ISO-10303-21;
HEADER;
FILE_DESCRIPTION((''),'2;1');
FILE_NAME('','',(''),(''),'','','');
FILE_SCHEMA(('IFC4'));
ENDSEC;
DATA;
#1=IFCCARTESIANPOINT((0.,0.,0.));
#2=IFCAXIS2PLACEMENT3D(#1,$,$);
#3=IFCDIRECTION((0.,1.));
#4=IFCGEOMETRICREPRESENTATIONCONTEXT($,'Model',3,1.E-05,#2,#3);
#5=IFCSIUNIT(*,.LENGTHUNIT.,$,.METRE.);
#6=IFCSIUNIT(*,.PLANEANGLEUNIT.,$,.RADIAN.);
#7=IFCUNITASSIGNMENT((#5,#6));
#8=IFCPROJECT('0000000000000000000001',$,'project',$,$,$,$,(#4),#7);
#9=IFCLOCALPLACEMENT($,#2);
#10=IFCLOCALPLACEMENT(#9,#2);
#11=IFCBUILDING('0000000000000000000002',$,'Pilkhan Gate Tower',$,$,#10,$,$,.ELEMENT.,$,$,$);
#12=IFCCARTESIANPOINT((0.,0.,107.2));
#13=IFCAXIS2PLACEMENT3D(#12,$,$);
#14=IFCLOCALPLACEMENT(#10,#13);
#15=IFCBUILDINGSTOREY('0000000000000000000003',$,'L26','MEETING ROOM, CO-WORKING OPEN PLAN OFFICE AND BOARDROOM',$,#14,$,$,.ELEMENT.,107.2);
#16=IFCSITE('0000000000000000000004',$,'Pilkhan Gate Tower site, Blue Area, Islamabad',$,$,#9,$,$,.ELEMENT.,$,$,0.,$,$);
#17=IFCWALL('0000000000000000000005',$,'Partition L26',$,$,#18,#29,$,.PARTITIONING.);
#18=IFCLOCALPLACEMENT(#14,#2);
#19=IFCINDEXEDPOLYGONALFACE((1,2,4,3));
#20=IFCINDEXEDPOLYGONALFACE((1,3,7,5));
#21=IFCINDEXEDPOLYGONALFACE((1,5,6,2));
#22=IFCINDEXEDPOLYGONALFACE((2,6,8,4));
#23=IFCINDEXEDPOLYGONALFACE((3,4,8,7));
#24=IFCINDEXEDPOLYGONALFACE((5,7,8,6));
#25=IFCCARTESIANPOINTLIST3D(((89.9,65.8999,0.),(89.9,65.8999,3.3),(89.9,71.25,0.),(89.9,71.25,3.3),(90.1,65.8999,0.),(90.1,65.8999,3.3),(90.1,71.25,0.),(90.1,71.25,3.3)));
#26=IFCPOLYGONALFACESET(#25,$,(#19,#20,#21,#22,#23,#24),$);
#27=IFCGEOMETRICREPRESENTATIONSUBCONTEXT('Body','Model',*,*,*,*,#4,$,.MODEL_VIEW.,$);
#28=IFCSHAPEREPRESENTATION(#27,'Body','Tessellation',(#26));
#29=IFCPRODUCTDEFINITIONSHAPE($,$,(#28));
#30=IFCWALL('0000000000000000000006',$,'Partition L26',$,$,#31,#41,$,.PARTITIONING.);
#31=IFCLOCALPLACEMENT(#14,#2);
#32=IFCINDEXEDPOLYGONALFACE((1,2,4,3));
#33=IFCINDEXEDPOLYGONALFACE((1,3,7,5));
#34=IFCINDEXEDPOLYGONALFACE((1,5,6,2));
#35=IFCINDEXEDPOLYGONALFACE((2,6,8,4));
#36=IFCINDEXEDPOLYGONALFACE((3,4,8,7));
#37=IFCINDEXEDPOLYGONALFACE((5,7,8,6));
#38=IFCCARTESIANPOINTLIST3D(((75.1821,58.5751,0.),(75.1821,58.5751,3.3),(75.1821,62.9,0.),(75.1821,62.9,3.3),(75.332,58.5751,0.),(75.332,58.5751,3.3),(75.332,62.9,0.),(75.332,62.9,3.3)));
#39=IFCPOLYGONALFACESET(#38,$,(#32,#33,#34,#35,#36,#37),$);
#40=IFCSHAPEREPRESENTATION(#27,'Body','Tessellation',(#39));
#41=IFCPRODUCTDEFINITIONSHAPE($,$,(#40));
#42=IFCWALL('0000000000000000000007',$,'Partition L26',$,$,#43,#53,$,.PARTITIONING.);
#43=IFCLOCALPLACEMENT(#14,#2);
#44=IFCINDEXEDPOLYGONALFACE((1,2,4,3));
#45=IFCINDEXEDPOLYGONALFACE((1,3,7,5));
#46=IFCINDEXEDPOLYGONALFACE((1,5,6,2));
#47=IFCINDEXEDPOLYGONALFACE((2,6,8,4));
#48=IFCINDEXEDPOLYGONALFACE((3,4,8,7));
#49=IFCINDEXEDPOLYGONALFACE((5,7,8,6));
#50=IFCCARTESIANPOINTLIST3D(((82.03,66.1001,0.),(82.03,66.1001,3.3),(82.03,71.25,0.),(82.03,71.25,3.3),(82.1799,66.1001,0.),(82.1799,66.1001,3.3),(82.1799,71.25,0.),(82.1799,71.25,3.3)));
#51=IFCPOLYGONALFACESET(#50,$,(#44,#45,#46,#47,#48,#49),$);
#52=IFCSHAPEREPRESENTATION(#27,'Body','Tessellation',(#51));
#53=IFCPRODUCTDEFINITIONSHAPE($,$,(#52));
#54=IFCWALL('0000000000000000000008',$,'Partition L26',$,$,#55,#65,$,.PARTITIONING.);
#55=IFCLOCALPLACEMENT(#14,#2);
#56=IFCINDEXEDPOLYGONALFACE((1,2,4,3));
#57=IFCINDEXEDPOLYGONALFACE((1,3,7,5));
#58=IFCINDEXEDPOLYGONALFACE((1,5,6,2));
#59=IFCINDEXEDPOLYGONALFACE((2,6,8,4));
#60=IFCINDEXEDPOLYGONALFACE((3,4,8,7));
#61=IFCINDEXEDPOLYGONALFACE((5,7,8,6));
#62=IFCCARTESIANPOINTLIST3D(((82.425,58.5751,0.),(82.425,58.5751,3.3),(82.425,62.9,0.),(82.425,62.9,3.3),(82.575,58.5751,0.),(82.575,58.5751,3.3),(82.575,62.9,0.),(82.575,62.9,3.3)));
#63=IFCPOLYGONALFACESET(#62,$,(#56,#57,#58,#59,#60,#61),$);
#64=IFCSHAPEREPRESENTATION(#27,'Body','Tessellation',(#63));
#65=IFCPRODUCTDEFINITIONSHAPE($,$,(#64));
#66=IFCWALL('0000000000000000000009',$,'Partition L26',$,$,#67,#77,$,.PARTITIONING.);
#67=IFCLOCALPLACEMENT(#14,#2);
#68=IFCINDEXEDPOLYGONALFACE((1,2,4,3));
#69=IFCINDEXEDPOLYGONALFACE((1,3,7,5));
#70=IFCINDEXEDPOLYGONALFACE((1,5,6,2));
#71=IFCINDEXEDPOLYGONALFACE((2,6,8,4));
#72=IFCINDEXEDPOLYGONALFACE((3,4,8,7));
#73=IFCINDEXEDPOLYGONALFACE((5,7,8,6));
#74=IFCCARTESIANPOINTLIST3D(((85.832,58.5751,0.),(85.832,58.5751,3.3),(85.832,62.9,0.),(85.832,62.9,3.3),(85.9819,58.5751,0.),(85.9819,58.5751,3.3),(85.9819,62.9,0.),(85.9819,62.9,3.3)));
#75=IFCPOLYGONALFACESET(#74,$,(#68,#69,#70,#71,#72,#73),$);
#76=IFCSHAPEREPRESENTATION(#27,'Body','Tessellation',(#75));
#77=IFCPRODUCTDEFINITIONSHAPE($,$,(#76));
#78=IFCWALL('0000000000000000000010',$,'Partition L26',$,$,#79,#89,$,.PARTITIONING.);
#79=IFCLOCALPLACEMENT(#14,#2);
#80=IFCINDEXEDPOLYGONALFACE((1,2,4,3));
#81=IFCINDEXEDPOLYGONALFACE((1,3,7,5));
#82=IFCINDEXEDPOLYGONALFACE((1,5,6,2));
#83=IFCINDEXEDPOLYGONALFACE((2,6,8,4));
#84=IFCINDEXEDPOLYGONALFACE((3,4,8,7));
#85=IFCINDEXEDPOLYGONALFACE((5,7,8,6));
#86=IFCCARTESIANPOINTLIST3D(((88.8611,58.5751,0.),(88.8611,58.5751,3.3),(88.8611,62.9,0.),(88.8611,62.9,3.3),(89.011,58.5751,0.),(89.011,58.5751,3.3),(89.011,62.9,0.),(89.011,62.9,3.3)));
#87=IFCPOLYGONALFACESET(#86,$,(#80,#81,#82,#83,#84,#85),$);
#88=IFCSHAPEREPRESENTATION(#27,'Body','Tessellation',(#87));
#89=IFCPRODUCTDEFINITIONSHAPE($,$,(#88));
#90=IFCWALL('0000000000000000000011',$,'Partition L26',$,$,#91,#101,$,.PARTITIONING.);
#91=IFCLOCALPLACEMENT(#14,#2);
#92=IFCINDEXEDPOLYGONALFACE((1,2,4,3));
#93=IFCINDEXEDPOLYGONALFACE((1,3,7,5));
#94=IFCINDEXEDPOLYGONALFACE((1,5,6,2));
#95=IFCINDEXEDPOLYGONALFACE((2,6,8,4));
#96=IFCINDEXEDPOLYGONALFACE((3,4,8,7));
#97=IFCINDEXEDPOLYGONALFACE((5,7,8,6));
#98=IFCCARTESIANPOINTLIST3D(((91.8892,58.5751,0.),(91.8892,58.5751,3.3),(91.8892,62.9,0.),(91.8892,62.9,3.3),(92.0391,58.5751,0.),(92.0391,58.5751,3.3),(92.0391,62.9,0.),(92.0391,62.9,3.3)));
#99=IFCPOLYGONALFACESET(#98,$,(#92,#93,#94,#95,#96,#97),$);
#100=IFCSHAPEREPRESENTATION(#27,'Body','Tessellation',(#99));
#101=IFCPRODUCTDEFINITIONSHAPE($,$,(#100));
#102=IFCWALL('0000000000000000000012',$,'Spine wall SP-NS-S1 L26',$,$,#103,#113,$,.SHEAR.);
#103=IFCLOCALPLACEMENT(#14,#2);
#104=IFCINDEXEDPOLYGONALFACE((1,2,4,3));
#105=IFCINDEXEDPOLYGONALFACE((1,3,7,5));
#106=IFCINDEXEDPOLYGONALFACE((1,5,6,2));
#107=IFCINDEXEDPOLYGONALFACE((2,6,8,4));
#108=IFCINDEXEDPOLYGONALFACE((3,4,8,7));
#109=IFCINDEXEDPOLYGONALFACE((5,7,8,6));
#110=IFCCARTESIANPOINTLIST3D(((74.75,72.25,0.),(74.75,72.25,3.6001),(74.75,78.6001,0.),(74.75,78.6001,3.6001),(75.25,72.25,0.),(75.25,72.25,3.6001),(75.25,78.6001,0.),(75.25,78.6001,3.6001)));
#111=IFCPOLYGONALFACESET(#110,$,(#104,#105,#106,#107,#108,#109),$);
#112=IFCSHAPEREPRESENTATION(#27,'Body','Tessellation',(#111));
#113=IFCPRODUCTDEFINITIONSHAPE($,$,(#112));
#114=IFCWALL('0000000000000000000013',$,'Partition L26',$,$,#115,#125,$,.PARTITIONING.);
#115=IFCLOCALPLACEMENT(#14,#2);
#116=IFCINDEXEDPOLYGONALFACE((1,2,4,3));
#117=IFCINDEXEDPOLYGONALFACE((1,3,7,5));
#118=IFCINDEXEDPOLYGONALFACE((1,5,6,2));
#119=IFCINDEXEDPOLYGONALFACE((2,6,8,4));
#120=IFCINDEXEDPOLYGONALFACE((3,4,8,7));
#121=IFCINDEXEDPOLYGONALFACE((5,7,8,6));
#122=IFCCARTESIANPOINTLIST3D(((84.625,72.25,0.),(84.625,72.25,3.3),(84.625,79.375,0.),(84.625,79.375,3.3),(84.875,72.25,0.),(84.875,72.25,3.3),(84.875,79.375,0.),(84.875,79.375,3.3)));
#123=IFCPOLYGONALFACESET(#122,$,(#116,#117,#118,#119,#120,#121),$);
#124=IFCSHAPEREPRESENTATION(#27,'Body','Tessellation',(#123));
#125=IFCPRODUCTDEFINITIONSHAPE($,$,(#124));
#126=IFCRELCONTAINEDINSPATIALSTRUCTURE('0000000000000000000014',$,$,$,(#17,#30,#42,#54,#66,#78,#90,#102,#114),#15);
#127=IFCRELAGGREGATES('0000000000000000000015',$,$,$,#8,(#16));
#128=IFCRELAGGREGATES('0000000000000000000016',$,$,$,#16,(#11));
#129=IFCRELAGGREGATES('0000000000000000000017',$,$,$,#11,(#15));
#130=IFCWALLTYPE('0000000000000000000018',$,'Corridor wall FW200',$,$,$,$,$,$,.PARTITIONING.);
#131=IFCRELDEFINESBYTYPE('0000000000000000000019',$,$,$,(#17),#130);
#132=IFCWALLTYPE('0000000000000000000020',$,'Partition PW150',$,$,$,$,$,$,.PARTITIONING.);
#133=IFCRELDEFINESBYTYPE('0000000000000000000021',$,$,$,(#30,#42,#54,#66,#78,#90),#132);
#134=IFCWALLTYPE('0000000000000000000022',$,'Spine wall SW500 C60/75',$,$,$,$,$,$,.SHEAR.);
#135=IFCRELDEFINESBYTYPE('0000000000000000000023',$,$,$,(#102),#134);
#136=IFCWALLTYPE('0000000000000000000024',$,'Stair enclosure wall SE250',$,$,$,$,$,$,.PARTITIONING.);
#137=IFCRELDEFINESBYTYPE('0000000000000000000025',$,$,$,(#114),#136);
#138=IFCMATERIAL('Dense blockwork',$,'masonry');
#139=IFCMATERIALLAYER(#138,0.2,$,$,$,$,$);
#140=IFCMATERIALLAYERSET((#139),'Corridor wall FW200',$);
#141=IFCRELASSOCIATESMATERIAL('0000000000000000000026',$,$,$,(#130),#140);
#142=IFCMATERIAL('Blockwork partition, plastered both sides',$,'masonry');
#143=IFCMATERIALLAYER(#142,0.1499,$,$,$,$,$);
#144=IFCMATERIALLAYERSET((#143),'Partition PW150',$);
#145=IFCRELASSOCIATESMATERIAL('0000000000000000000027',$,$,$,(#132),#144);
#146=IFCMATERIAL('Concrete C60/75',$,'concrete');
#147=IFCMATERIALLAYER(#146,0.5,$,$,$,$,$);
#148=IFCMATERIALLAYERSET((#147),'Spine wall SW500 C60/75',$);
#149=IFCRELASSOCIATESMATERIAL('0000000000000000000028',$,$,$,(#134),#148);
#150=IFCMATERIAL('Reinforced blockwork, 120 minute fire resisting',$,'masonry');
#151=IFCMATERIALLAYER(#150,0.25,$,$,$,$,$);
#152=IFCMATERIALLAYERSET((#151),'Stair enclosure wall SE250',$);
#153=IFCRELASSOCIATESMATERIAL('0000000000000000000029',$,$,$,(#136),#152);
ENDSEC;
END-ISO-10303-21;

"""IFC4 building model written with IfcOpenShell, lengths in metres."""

from ifc_helpers import new_model, si_unit, direction, frame, frame_2d, origin, place, context, subcontext, project, spatial, rectangle, extrude, material, layer, layer_set, type_object, element, save


model = new_model("IFC4")

# Units and contexts
model_context = context("Model", 3, precision=1e-05, world=origin(), true_north=direction((0.0, 1.0)))
body_context = subcontext(model_context, "Body", "Model", "MODEL_VIEW")
ifc_project = project(units=[si_unit("LENGTHUNIT", "METRE"), si_unit("PLANEANGLEUNIT", "RADIAN")], contexts=[model_context])

# Site, building, storey
site_placement = place(None, origin())
site = spatial("IfcSite", under=ifc_project, at=site_placement, Name="Pilkhan Gate Tower site, Blue Area, Islamabad", CompositionType="ELEMENT", RefElevation=0.0)
building_placement = place(site_placement, origin())
building = spatial("IfcBuilding", under=site, at=building_placement, Name="Pilkhan Gate Tower", CompositionType="ELEMENT")
storey_placement = place(building_placement, frame((0.0, 0.0, 107.2)))
storey = spatial("IfcBuildingStorey", under=building, at=storey_placement, Name="L26", Description="MEETING ROOM, CO-WORKING OPEN PLAN OFFICE AND BOARDROOM", CompositionType="ELEMENT", Elevation=107.2)

# Shared definitions
ifc_material_1 = material(Name="Concrete C60/75", Category="concrete")

# Walls
ifc_material_2 = material(Name="Dense blockwork", Category="masonry")
ifc_layer_1 = layer(ifc_material_2, 0.2)
ifc_layer_set_1 = layer_set([ifc_layer_1], Name="Corridor wall FW200")
wall_type_1 = type_object("IfcWallType", Name="Corridor wall FW200", PredefinedType="PARTITIONING", material=ifc_layer_set_1)
wall_1_placement = place(storey_placement, frame((90.0, 65.8999, 0.0), z_axis=(0.0, 0.0, 1.0), x_axis=(0.0, 1.0, 0.0)))
element("IfcWall", 1, at=wall_1_placement, inside=storey, type_object=wall_type_1, Name="Partition L26", PredefinedType="PARTITIONING", context=body_context, shape_type="SweptSolid", body=[
    extrude(rectangle(XDim=5.3501, YDim=0.2, at=frame_2d((2.675, 0.0))), origin(), (0.0, 0.0, 1.0), 3.3),
])
ifc_material_3 = material(Name="Blockwork partition, plastered both sides", Category="masonry")
ifc_layer_2 = layer(ifc_material_3, 0.1499)
ifc_layer_set_2 = layer_set([ifc_layer_2], Name="Partition PW150")
wall_type_2 = type_object("IfcWallType", Name="Partition PW150", PredefinedType="PARTITIONING", material=ifc_layer_set_2)
wall_2_placement = place(storey_placement, frame((75.2571, 58.575, 0.0), z_axis=(0.0, 0.0, 1.0), x_axis=(0.0, 1.0, 0.0)))
element("IfcWall", 2, at=wall_2_placement, inside=storey, type_object=wall_type_2, Name="Partition L26", PredefinedType="PARTITIONING", context=body_context, shape_type="SweptSolid", body=[
    extrude(rectangle(XDim=4.325, YDim=0.1499, at=frame_2d((2.1626, 0.0))), origin(), (0.0, 0.0, 1.0), 3.3),
])
wall_3_placement = place(storey_placement, frame((82.105, 66.1001, 0.0), z_axis=(0.0, 0.0, 1.0), x_axis=(0.0, 1.0, 0.0)))
element("IfcWall", 3, at=wall_3_placement, inside=storey, type_object=wall_type_2, Name="Partition L26", PredefinedType="PARTITIONING", context=body_context, shape_type="SweptSolid", body=[
    extrude(rectangle(XDim=5.1499, YDim=0.1499, at=frame_2d((2.575, 0.0))), origin(), (0.0, 0.0, 1.0), 3.3),
])
for number, where, z_axis, x_axis, name in (
    (4, (82.5, 58.575, 0.0), (0.0, 0.0, 1.0), (0.0, 1.0, 0.0), "Partition L26"),
    (5, (85.907, 58.575, 0.0), (0.0, 0.0, 1.0), (0.0, 1.0, 0.0), "Partition L26"),
    (6, (88.936, 58.575, 0.0), (0.0, 0.0, 1.0), (0.0, 1.0, 0.0), "Partition L26"),
    (7, (91.9641, 58.575, 0.0), (0.0, 0.0, 1.0), (0.0, 1.0, 0.0), "Partition L26"),
):
    element("IfcWall", number, at=place(storey_placement, frame(where, z_axis=z_axis, x_axis=x_axis)), inside=storey, type_object=wall_type_2, Name=name, PredefinedType="PARTITIONING", context=body_context, shape_type="SweptSolid", body=[
        extrude(rectangle(XDim=4.325, YDim=0.1499, at=frame_2d((2.1626, 0.0))), origin(), (0.0, 0.0, 1.0), 3.3),
    ])
ifc_layer_3 = layer(ifc_material_1, 0.5)
ifc_layer_set_3 = layer_set([ifc_layer_3], Name="Spine wall SW500 C60/75")
wall_type_3 = type_object("IfcWallType", Name="Spine wall SW500 C60/75", PredefinedType="SHEAR", material=ifc_layer_set_3)
wall_4_placement = place(storey_placement, frame((75.0, 72.25, 0.0), z_axis=(0.0, 0.0, 1.0), x_axis=(0.0, 1.0, 0.0)))
element("IfcWall", 8, at=wall_4_placement, inside=storey, type_object=wall_type_3, Name="Spine wall SP-NS-S1 L26", PredefinedType="SHEAR", context=body_context, shape_type="SweptSolid", body=[
    extrude(rectangle(XDim=6.3501, YDim=0.5, at=frame_2d((3.175, 0.0))), origin(), (0.0, 0.0, 1.0), 3.6001),
])
ifc_material_4 = material(Name="Reinforced blockwork, 120 minute fire resisting", Category="masonry")
ifc_layer_4 = layer(ifc_material_4, 0.25)
ifc_layer_set_4 = layer_set([ifc_layer_4], Name="Stair enclosure wall SE250")
wall_type_4 = type_object("IfcWallType", Name="Stair enclosure wall SE250", PredefinedType="PARTITIONING", material=ifc_layer_set_4)
wall_5_placement = place(storey_placement, frame((84.75, 72.25, 0.0), z_axis=(0.0, 0.0, 1.0), x_axis=(0.0, 1.0, 0.0)))
element("IfcWall", 9, at=wall_5_placement, inside=storey, type_object=wall_type_4, Name="Partition L26", PredefinedType="PARTITIONING", context=body_context, shape_type="SweptSolid", body=[
    extrude(rectangle(XDim=7.125, YDim=0.25, at=frame_2d((3.5625, 0.0))), origin(), (0.0, 0.0, 1.0), 3.3),
])

save(model, "model.ifc")
